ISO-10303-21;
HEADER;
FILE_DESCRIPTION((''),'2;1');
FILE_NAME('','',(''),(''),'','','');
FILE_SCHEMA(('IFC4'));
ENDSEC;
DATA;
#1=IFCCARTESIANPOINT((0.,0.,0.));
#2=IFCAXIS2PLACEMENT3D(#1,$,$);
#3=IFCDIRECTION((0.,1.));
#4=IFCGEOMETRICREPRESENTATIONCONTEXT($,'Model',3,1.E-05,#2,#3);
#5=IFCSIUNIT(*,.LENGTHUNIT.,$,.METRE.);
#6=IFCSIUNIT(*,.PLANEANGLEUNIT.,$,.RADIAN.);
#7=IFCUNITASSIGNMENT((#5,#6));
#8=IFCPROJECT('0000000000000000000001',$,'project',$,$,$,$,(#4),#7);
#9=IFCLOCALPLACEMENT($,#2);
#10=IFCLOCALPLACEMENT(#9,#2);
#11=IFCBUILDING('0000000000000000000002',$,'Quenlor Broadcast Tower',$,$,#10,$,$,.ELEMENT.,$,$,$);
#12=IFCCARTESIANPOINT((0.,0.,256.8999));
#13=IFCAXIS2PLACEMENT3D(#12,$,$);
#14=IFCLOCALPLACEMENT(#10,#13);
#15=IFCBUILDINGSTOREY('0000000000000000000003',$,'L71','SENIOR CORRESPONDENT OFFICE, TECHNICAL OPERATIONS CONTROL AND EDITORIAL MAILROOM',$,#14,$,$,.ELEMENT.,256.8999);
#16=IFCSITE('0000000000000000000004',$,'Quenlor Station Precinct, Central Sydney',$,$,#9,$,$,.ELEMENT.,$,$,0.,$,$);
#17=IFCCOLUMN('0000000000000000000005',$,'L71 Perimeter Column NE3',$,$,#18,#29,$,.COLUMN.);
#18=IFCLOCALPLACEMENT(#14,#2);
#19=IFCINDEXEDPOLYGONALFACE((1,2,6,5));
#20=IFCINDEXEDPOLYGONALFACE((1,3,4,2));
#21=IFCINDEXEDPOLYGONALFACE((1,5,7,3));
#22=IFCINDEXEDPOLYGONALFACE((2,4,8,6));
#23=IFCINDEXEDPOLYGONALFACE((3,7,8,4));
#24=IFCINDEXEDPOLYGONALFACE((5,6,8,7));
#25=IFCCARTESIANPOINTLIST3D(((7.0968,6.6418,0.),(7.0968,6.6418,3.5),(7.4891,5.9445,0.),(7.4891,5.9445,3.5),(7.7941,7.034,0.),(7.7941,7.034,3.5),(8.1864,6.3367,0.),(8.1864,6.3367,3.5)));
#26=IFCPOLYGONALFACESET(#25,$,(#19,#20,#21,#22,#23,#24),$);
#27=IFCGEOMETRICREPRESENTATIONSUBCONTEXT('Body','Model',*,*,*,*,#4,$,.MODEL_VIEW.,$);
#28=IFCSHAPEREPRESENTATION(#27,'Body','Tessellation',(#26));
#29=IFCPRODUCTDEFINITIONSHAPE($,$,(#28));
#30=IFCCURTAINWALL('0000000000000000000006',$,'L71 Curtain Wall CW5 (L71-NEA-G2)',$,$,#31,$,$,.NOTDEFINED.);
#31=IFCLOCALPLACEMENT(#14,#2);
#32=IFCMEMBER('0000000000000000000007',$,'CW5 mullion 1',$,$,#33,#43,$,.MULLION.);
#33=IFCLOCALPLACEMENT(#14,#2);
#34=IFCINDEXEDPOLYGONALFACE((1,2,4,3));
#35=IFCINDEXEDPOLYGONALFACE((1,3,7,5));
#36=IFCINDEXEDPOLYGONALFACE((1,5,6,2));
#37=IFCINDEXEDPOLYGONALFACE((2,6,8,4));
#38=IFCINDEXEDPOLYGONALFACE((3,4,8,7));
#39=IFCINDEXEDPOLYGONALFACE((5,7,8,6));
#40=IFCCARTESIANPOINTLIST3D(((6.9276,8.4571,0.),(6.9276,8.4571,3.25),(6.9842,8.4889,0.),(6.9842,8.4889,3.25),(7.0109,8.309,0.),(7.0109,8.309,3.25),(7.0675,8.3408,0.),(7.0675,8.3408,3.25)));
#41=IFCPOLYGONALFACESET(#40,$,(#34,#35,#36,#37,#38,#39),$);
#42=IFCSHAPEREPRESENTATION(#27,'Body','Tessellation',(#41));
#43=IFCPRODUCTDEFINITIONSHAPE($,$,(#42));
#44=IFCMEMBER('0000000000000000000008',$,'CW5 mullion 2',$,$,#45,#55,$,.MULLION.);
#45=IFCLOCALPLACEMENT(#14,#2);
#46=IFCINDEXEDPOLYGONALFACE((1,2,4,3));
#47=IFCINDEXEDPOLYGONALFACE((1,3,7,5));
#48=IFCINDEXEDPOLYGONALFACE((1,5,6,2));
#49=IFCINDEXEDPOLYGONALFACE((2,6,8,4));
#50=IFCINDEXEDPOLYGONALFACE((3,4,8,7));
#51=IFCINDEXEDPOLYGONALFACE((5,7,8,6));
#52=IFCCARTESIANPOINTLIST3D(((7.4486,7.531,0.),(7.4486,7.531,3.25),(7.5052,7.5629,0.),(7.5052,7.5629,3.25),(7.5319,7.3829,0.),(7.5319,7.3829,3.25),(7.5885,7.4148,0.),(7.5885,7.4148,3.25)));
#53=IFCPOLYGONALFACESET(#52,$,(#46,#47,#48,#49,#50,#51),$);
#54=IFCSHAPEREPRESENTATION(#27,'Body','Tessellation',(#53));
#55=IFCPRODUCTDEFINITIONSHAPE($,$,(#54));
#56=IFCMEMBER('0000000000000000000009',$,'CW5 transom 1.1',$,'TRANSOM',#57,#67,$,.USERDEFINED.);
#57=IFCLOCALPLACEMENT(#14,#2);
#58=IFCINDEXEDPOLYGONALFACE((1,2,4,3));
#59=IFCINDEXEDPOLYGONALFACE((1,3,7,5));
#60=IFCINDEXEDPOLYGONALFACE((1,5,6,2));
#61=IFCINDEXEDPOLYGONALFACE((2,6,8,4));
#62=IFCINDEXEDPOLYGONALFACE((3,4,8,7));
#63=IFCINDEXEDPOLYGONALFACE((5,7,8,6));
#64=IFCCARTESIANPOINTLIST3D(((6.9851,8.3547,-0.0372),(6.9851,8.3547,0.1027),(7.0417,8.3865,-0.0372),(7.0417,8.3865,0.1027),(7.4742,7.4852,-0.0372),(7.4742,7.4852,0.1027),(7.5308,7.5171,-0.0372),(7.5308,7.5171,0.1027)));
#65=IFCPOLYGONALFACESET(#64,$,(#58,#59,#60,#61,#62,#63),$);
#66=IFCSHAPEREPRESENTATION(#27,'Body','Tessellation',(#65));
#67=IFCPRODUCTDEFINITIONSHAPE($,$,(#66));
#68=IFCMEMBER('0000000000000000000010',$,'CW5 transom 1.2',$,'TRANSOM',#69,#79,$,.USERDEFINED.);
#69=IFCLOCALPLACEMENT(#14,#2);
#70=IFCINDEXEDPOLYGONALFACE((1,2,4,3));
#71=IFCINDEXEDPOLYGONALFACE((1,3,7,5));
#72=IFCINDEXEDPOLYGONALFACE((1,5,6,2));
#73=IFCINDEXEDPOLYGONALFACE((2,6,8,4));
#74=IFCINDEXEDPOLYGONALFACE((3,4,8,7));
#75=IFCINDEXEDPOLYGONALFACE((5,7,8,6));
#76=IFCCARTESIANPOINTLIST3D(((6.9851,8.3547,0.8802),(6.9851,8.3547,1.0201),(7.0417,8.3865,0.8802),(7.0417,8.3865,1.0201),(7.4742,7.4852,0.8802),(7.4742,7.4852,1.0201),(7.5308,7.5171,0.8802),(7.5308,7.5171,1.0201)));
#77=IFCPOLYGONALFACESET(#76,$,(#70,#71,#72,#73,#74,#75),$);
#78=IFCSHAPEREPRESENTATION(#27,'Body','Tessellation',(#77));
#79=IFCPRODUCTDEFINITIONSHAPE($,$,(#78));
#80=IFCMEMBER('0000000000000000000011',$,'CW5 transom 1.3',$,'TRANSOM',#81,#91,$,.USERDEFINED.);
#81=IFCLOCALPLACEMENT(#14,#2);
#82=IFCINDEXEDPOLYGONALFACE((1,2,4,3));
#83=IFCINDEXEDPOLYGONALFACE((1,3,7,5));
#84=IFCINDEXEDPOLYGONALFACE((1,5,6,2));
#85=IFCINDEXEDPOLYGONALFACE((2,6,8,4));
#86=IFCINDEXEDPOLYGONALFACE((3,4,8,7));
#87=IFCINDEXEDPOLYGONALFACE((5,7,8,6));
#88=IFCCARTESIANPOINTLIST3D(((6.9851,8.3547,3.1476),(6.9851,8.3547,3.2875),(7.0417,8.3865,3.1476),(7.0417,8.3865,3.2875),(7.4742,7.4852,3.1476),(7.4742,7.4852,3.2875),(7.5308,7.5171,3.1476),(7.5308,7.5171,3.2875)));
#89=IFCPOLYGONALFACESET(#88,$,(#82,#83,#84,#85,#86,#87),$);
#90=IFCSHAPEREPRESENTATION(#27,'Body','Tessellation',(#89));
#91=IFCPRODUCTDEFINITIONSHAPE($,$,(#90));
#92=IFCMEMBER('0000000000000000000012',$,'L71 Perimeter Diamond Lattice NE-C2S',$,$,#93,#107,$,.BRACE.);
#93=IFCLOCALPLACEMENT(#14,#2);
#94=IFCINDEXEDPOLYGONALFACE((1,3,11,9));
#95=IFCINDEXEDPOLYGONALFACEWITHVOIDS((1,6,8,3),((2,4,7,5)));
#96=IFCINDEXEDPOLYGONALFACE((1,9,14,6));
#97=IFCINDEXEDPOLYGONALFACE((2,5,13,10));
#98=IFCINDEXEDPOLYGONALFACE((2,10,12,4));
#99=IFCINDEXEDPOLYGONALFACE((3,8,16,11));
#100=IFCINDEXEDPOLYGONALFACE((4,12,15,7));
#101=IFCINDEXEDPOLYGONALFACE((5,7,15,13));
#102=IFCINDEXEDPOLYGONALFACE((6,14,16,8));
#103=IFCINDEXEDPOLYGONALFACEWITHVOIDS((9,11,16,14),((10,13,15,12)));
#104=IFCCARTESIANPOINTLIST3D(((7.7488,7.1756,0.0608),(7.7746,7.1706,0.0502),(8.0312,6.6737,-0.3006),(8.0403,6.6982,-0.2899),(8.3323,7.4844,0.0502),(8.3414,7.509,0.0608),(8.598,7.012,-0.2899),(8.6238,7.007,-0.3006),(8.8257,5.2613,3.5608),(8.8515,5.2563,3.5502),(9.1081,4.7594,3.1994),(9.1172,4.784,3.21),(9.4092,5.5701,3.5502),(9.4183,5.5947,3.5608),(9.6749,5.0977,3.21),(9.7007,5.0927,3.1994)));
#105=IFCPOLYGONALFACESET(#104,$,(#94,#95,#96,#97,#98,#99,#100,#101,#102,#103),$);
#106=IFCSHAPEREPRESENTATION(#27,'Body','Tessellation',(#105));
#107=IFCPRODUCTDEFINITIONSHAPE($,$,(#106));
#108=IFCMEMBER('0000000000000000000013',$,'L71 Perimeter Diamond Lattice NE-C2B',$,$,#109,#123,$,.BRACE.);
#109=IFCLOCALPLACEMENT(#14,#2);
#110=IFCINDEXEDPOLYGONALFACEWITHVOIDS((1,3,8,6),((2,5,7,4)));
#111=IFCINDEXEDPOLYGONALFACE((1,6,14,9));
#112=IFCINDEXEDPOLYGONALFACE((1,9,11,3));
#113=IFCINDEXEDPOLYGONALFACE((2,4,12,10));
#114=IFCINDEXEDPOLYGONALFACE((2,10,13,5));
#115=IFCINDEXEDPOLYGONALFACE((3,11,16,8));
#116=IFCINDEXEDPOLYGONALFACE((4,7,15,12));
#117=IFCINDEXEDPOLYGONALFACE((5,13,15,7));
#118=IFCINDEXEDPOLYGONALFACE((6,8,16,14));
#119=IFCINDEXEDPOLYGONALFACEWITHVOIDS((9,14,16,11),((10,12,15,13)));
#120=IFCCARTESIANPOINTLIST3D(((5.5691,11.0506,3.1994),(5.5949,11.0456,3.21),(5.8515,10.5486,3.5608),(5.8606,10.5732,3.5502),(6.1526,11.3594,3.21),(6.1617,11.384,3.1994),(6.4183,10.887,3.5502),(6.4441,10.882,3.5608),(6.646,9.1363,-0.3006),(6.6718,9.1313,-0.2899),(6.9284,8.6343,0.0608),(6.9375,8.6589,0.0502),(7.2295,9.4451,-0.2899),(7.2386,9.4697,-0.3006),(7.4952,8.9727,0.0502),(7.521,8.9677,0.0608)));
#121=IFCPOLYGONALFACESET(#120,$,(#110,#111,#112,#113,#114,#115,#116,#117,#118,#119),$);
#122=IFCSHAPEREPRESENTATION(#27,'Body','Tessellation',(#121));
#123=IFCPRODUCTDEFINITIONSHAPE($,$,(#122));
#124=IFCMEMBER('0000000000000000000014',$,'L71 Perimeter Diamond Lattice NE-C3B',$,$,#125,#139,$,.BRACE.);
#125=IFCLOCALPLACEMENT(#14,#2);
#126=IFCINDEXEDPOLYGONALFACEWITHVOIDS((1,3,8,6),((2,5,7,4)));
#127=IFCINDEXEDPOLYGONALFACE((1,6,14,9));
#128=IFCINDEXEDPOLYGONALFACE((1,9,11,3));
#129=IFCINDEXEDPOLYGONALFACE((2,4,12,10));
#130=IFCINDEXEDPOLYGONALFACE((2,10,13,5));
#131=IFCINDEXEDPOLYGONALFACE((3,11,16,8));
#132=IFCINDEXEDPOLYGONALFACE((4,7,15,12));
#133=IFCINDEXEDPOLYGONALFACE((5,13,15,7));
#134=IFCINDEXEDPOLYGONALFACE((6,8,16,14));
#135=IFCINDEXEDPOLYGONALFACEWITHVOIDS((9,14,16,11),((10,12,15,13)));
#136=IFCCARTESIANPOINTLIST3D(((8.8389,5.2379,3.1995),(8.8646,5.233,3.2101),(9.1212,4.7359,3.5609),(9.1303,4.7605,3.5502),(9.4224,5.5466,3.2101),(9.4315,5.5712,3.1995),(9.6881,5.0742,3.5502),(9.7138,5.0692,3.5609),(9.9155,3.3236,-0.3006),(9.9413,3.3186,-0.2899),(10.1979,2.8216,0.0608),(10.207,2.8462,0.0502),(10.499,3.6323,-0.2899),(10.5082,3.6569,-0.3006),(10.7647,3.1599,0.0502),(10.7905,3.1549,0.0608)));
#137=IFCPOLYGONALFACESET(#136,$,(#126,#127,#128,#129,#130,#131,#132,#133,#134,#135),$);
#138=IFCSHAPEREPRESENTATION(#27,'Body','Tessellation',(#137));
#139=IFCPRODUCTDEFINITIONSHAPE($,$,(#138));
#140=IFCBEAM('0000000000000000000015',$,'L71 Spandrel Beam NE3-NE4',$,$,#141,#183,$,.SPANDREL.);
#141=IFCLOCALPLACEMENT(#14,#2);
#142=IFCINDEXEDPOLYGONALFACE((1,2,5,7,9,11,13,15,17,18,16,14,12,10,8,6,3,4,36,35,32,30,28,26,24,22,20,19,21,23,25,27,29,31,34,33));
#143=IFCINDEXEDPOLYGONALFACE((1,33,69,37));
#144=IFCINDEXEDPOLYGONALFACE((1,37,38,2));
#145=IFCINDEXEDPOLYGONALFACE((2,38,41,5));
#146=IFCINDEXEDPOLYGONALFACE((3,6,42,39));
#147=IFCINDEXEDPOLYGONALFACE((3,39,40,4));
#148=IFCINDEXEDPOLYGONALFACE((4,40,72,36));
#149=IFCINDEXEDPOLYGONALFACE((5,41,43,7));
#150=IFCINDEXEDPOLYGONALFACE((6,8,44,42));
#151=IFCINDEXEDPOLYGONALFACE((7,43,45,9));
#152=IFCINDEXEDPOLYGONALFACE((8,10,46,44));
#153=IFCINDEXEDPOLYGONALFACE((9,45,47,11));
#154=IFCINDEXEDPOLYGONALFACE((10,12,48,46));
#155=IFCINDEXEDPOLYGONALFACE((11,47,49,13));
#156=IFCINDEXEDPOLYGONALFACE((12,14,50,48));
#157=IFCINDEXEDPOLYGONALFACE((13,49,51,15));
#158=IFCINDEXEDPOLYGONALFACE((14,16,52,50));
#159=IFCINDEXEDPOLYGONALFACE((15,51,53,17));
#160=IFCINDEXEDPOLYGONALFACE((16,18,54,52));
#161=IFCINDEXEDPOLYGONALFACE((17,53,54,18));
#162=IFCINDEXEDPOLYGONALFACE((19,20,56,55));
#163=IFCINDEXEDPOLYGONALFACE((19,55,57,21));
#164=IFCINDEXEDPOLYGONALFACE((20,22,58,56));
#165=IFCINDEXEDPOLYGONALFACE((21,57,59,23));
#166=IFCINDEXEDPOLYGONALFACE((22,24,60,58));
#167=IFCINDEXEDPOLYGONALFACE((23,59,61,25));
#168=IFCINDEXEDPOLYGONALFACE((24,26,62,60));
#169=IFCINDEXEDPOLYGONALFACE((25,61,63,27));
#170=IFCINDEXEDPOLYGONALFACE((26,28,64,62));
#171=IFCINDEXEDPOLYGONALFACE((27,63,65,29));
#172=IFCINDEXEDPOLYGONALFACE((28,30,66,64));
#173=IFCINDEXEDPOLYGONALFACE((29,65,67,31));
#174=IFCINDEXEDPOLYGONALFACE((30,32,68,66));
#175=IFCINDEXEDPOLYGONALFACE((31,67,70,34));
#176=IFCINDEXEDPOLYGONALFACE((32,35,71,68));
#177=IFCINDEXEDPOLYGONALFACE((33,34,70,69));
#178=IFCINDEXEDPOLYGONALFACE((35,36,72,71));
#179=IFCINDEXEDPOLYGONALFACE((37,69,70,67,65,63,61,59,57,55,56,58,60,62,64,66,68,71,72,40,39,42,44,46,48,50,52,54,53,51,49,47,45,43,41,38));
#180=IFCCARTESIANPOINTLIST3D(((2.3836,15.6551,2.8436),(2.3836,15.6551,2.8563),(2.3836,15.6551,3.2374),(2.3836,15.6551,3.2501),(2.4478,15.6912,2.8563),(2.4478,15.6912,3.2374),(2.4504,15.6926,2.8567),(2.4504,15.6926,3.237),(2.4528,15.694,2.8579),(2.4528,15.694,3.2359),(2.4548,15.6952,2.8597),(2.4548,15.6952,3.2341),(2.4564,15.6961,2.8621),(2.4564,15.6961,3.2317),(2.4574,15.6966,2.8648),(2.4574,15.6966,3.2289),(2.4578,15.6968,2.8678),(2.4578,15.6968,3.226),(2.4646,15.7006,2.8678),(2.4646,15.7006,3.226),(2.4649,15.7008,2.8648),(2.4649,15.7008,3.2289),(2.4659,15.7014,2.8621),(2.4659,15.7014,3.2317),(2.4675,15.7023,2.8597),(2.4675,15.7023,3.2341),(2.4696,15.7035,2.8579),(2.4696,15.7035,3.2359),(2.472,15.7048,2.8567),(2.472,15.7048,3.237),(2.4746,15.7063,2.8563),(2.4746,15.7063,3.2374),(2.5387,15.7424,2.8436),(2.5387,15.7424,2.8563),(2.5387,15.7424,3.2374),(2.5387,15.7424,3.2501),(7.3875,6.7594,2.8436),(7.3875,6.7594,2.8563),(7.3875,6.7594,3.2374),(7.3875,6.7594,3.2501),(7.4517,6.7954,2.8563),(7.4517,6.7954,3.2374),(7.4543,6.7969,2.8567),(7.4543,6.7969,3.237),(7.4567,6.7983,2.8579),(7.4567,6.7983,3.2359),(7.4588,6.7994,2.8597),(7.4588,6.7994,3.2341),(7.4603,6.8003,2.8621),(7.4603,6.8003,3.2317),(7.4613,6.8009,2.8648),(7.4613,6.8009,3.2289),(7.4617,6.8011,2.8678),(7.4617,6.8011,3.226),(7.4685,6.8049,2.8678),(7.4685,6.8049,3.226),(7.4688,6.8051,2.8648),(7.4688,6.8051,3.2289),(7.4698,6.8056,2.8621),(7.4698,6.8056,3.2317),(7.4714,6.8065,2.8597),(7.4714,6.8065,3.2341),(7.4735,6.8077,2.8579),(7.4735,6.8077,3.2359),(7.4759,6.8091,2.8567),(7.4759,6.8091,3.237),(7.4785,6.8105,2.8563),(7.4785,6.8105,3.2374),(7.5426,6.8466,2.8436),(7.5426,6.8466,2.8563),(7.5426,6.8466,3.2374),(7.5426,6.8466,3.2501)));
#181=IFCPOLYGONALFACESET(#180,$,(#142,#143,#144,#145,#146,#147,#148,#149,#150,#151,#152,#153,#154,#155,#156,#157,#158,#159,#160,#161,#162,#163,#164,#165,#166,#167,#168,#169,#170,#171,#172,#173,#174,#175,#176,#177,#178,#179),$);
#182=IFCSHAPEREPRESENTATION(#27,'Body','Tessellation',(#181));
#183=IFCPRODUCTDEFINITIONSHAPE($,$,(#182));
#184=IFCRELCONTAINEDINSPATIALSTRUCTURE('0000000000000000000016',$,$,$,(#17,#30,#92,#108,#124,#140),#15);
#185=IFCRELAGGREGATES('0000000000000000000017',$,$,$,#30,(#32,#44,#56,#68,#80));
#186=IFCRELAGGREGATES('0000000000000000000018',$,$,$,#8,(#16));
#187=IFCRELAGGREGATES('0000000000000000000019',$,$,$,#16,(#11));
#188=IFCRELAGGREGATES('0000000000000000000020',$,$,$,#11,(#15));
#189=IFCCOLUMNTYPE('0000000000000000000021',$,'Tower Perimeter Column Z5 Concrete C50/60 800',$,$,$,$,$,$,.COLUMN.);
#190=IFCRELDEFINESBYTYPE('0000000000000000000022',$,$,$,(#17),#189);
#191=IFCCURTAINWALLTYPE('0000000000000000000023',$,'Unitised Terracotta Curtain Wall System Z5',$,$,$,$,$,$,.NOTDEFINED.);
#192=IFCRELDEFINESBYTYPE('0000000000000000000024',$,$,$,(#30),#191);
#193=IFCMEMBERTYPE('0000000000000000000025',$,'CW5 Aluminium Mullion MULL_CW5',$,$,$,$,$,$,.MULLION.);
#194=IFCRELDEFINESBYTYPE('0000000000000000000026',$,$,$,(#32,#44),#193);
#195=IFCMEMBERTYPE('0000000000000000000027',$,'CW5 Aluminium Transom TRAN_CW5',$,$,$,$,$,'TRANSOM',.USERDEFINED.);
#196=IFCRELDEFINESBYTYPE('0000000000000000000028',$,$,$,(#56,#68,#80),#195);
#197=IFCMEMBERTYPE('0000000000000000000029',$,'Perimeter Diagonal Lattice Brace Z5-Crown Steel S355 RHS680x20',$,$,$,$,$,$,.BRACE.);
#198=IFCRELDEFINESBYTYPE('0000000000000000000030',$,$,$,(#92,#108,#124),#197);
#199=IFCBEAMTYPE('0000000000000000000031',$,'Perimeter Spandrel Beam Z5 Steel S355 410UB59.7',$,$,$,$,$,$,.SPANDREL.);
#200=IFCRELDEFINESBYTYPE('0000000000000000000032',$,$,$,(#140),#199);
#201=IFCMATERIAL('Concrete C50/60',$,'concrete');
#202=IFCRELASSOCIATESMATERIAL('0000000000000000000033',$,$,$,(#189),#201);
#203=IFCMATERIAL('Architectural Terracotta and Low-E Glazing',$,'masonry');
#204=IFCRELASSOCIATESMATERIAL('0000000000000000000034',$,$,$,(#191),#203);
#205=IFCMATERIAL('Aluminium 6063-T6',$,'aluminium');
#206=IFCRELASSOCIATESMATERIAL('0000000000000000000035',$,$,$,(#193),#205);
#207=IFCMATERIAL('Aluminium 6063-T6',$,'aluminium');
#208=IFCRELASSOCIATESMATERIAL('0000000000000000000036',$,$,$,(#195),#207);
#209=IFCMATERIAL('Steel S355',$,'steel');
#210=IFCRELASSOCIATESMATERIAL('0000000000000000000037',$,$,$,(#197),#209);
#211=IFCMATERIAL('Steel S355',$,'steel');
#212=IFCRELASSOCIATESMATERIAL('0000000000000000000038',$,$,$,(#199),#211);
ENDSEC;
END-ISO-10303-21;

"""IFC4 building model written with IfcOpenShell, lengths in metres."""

from ifc_helpers import new_model, si_unit, direction, frame, origin, origin_2d, place, context, subcontext, project, spatial, rectangle, hollow_rectangle, i_section, extrude, material, material_profile, profile_set, type_object, element, aggregate, save


model = new_model("IFC4")

# Units and contexts
model_context = context("Model", 3, precision=1e-05, world=origin(), true_north=direction((0.0, 1.0)))
body_context = subcontext(model_context, "Body", "Model", "MODEL_VIEW")
ifc_project = project(units=[si_unit("LENGTHUNIT", "METRE"), si_unit("PLANEANGLEUNIT", "RADIAN")], contexts=[model_context])

# Site, building, storey
site_placement = place(None, origin())
site = spatial("IfcSite", under=ifc_project, at=site_placement, Name="Quenlor Station Precinct, Central Sydney", CompositionType="ELEMENT", RefElevation=0.0)
building_placement = place(site_placement, origin())
building = spatial("IfcBuilding", under=site, at=building_placement, Name="Quenlor Broadcast Tower", CompositionType="ELEMENT")
storey_placement = place(building_placement, frame((0.0, 0.0, 256.8999)))
storey = spatial("IfcBuildingStorey", under=building, at=storey_placement, Name="L71", Description="SENIOR CORRESPONDENT OFFICE, TECHNICAL OPERATIONS CONTROL AND EDITORIAL MAILROOM", CompositionType="ELEMENT", Elevation=256.8999)

# Column
ifc_material_1 = material(Name="Concrete C50/60", Category="concrete")
ifc_material_profile_1 = material_profile(ifc_material_1, rectangle(XDim=0.8, YDim=0.8, at=origin_2d()))
ifc_profile_set_1 = profile_set([ifc_material_profile_1], Name="Concrete C50/60 RC800x800")
column_type = type_object("IfcColumnType", Name="Tower Perimeter Column Z5 Concrete C50/60 800", PredefinedType="COLUMN", material=ifc_profile_set_1)
column_placement = place(storey_placement, frame((7.6416, 6.4893, 0.0), z_axis=(0.0, 0.0, 1.0), x_axis=(0.871575, 0.490262, 0.0)))
element("IfcColumn", 1, at=column_placement, inside=storey, type_object=column_type, Name="L71 Perimeter Column NE3", PredefinedType="COLUMN", context=body_context, shape_type="SweptSolid", body=[
    extrude(rectangle(XDim=0.8, YDim=0.8, at=origin_2d()), origin(), (0.0, 0.0, 1.0), 3.5),
])

# Curtain wall, members
ifc_material_2 = material(Name="Architectural Terracotta and Low-E Glazing", Category="masonry")
curtain_wall_type = type_object("IfcCurtainWallType", Name="Unitised Terracotta Curtain Wall System Z5", PredefinedType="NOTDEFINED", material=ifc_material_2)
curtain_wall_placement = place(storey_placement, origin())
curtain_wall = element("IfcCurtainWall", 2, at=curtain_wall_placement, inside=storey, type_object=curtain_wall_type, Name="L71 Curtain Wall CW5 (L71-NEA-G2)", PredefinedType="NOTDEFINED")
ifc_material_3 = material(Name="Aluminium 6063-T6", Category="aluminium")
ifc_material_profile_2 = material_profile(ifc_material_3, rectangle(XDim=0.0649, YDim=0.1699, at=origin_2d()))
ifc_profile_set_2 = profile_set([ifc_material_profile_2], Name="Aluminium 6063-T6 MULL65x170")
member_type_1 = type_object("IfcMemberType", Name="CW5 Aluminium Mullion MULL_CW5", PredefinedType="MULLION", material=ifc_profile_set_2)
member_1_placement = place(storey_placement, frame((6.9976, 8.3989, 0.0), z_axis=(0.0, 0.0, 1.0), x_axis=(0.871564, 0.490282, 0.0)))
member_1 = element("IfcMember", 3, at=member_1_placement, type_object=member_type_1, Name="CW5 mullion 1", PredefinedType="MULLION", context=body_context, shape_type="SweptSolid", body=[
    extrude(rectangle(XDim=0.0649, YDim=0.1699, at=origin_2d()), origin(), (0.0, 0.0, 1.0), 3.25),
])
member_2_placement = place(storey_placement, frame((7.5186, 7.4729, 0.0), z_axis=(0.0, 0.0, 1.0), x_axis=(0.871564, 0.490282, 0.0)))
member_2 = element("IfcMember", 4, at=member_2_placement, type_object=member_type_1, Name="CW5 mullion 2", PredefinedType="MULLION", context=body_context, shape_type="SweptSolid", body=[
    extrude(rectangle(XDim=0.0649, YDim=0.1699, at=origin_2d()), origin(), (0.0, 0.0, 1.0), 3.25),
])
ifc_material_4 = material(Name="Aluminium 6063-T6", Category="aluminium")
ifc_material_profile_3 = material_profile(ifc_material_4, rectangle(XDim=0.0649, YDim=0.1399, at=origin_2d()))
ifc_profile_set_3 = profile_set([ifc_material_profile_3], Name="Aluminium 6063-T6 TRAN65x140")
member_type_2 = type_object("IfcMemberType", Name="CW5 Aluminium Transom TRAN_CW5", ElementType="TRANSOM", PredefinedType="USERDEFINED", material=ifc_profile_set_3)
member_3_placement = place(storey_placement, frame((7.0134, 8.3706, 0.0327), z_axis=(0.49025, -0.871582, 0.0), x_axis=(0.871582, 0.49025, 0.0)))
member_3 = element("IfcMember", 5, at=member_3_placement, type_object=member_type_2, Name="CW5 transom 1.1", ObjectType="TRANSOM", PredefinedType="USERDEFINED", context=body_context, shape_type="SweptSolid", body=[
    extrude(rectangle(XDim=0.0649, YDim=0.1399, at=origin_2d()), origin(), (0.0, 0.0, 1.0), 0.9976),
])
member_4_placement = place(storey_placement, frame((7.0134, 8.3706, 0.9502), z_axis=(0.49025, -0.871582, 0.0), x_axis=(0.871582, 0.49025, 0.0)))
member_4 = element("IfcMember", 6, at=member_4_placement, type_object=member_type_2, Name="CW5 transom 1.2", ObjectType="TRANSOM", PredefinedType="USERDEFINED", context=body_context, shape_type="SweptSolid", body=[
    extrude(rectangle(XDim=0.0649, YDim=0.1399, at=origin_2d()), origin(), (0.0, 0.0, 1.0), 0.9976),
])
member_5_placement = place(storey_placement, frame((7.0134, 8.3706, 3.2175), z_axis=(0.49025, -0.871582, 0.0), x_axis=(0.871582, 0.49025, 0.0)))
member_5 = element("IfcMember", 7, at=member_5_placement, type_object=member_type_2, Name="CW5 transom 1.3", ObjectType="TRANSOM", PredefinedType="USERDEFINED", context=body_context, shape_type="SweptSolid", body=[
    extrude(rectangle(XDim=0.0649, YDim=0.1399, at=origin_2d()), origin(), (0.0, 0.0, 1.0), 0.9976),
])

# Members
ifc_material_5 = material(Name="Steel S355", Category="steel")
ifc_material_profile_4 = material_profile(ifc_material_5, hollow_rectangle(XDim=0.6799, YDim=0.6799, WallThickness=0.02, at=origin_2d()))
ifc_profile_set_4 = profile_set([ifc_material_profile_4], Name="Steel S355 RHS680x680x20")
member_type_3 = type_object("IfcMemberType", Name="Perimeter Diagonal Lattice Brace Z5-Crown Steel S355 RHS680x20", PredefinedType="BRACE", material=ifc_profile_set_4)
for number, where, z_axis, x_axis, name in (
    (8, (8.1863, 7.0913, -0.1199), (0.260619, -0.463276, 0.847026), (0.871555, 0.490298, 0.0), "L71 Perimeter Diamond Lattice NE-C2S"),
    (9, (7.0835, 9.052, -0.1199), (-0.260619, 0.463276, 0.847026), (-0.871555, -0.490298, 0.0), "L71 Perimeter Diamond Lattice NE-C2B"),
    (10, (10.353, 3.2393, -0.1199), (-0.260564, 0.463283, 0.847039), (-0.871602, -0.490214, 0.0), "L71 Perimeter Diamond Lattice NE-C3B"),
):
    element("IfcMember", number, at=place(storey_placement, frame(where, z_axis=z_axis, x_axis=x_axis)), inside=storey, type_object=member_type_3, Name=name, PredefinedType="BRACE", context=body_context, shape_type="SweptSolid", body=[
        extrude(hollow_rectangle(XDim=0.6799, YDim=0.6799, WallThickness=0.02, at=origin_2d()), origin(), (0.0, 0.0, 1.0), 4.1321),
    ])

# Beam
ifc_material_6 = material(Name="Steel S355", Category="steel")
ifc_material_profile_5 = material_profile(ifc_material_6, i_section(OverallWidth=0.178, OverallDepth=0.4065, WebThickness=0.0078, FlangeThickness=0.0127, FilletRadius=0.0115, at=origin_2d()))
ifc_profile_set_5 = profile_set([ifc_material_profile_5], Name="Steel S355 410UB59.7")
beam_type_1 = type_object("IfcBeamType", Name="Perimeter Spandrel Beam Z5 Steel S355 410UB59.7", PredefinedType="SPANDREL", material=ifc_profile_set_5)
beam_1_placement = place(storey_placement, frame((7.4651, 6.803, 3.0469), z_axis=(-0.490265, 0.871574, 0.0), x_axis=(-0.871574, -0.490265, 0.0)))
element("IfcBeam", 11, at=beam_1_placement, inside=storey, type_object=beam_type_1, Name="L71 Spandrel Beam NE3-NE4", PredefinedType="SPANDREL", context=body_context, shape_type="SweptSolid", body=[
    extrude(i_section(OverallWidth=0.178, OverallDepth=0.4065, WebThickness=0.0078, FlangeThickness=0.0127, FilletRadius=0.0115, at=origin_2d()), origin(), (0.0, 0.0, 1.0), 10.2065),
])

aggregate(curtain_wall, [member_1, member_2, member_3, member_4, member_5])

save(model, "model.ifc")
